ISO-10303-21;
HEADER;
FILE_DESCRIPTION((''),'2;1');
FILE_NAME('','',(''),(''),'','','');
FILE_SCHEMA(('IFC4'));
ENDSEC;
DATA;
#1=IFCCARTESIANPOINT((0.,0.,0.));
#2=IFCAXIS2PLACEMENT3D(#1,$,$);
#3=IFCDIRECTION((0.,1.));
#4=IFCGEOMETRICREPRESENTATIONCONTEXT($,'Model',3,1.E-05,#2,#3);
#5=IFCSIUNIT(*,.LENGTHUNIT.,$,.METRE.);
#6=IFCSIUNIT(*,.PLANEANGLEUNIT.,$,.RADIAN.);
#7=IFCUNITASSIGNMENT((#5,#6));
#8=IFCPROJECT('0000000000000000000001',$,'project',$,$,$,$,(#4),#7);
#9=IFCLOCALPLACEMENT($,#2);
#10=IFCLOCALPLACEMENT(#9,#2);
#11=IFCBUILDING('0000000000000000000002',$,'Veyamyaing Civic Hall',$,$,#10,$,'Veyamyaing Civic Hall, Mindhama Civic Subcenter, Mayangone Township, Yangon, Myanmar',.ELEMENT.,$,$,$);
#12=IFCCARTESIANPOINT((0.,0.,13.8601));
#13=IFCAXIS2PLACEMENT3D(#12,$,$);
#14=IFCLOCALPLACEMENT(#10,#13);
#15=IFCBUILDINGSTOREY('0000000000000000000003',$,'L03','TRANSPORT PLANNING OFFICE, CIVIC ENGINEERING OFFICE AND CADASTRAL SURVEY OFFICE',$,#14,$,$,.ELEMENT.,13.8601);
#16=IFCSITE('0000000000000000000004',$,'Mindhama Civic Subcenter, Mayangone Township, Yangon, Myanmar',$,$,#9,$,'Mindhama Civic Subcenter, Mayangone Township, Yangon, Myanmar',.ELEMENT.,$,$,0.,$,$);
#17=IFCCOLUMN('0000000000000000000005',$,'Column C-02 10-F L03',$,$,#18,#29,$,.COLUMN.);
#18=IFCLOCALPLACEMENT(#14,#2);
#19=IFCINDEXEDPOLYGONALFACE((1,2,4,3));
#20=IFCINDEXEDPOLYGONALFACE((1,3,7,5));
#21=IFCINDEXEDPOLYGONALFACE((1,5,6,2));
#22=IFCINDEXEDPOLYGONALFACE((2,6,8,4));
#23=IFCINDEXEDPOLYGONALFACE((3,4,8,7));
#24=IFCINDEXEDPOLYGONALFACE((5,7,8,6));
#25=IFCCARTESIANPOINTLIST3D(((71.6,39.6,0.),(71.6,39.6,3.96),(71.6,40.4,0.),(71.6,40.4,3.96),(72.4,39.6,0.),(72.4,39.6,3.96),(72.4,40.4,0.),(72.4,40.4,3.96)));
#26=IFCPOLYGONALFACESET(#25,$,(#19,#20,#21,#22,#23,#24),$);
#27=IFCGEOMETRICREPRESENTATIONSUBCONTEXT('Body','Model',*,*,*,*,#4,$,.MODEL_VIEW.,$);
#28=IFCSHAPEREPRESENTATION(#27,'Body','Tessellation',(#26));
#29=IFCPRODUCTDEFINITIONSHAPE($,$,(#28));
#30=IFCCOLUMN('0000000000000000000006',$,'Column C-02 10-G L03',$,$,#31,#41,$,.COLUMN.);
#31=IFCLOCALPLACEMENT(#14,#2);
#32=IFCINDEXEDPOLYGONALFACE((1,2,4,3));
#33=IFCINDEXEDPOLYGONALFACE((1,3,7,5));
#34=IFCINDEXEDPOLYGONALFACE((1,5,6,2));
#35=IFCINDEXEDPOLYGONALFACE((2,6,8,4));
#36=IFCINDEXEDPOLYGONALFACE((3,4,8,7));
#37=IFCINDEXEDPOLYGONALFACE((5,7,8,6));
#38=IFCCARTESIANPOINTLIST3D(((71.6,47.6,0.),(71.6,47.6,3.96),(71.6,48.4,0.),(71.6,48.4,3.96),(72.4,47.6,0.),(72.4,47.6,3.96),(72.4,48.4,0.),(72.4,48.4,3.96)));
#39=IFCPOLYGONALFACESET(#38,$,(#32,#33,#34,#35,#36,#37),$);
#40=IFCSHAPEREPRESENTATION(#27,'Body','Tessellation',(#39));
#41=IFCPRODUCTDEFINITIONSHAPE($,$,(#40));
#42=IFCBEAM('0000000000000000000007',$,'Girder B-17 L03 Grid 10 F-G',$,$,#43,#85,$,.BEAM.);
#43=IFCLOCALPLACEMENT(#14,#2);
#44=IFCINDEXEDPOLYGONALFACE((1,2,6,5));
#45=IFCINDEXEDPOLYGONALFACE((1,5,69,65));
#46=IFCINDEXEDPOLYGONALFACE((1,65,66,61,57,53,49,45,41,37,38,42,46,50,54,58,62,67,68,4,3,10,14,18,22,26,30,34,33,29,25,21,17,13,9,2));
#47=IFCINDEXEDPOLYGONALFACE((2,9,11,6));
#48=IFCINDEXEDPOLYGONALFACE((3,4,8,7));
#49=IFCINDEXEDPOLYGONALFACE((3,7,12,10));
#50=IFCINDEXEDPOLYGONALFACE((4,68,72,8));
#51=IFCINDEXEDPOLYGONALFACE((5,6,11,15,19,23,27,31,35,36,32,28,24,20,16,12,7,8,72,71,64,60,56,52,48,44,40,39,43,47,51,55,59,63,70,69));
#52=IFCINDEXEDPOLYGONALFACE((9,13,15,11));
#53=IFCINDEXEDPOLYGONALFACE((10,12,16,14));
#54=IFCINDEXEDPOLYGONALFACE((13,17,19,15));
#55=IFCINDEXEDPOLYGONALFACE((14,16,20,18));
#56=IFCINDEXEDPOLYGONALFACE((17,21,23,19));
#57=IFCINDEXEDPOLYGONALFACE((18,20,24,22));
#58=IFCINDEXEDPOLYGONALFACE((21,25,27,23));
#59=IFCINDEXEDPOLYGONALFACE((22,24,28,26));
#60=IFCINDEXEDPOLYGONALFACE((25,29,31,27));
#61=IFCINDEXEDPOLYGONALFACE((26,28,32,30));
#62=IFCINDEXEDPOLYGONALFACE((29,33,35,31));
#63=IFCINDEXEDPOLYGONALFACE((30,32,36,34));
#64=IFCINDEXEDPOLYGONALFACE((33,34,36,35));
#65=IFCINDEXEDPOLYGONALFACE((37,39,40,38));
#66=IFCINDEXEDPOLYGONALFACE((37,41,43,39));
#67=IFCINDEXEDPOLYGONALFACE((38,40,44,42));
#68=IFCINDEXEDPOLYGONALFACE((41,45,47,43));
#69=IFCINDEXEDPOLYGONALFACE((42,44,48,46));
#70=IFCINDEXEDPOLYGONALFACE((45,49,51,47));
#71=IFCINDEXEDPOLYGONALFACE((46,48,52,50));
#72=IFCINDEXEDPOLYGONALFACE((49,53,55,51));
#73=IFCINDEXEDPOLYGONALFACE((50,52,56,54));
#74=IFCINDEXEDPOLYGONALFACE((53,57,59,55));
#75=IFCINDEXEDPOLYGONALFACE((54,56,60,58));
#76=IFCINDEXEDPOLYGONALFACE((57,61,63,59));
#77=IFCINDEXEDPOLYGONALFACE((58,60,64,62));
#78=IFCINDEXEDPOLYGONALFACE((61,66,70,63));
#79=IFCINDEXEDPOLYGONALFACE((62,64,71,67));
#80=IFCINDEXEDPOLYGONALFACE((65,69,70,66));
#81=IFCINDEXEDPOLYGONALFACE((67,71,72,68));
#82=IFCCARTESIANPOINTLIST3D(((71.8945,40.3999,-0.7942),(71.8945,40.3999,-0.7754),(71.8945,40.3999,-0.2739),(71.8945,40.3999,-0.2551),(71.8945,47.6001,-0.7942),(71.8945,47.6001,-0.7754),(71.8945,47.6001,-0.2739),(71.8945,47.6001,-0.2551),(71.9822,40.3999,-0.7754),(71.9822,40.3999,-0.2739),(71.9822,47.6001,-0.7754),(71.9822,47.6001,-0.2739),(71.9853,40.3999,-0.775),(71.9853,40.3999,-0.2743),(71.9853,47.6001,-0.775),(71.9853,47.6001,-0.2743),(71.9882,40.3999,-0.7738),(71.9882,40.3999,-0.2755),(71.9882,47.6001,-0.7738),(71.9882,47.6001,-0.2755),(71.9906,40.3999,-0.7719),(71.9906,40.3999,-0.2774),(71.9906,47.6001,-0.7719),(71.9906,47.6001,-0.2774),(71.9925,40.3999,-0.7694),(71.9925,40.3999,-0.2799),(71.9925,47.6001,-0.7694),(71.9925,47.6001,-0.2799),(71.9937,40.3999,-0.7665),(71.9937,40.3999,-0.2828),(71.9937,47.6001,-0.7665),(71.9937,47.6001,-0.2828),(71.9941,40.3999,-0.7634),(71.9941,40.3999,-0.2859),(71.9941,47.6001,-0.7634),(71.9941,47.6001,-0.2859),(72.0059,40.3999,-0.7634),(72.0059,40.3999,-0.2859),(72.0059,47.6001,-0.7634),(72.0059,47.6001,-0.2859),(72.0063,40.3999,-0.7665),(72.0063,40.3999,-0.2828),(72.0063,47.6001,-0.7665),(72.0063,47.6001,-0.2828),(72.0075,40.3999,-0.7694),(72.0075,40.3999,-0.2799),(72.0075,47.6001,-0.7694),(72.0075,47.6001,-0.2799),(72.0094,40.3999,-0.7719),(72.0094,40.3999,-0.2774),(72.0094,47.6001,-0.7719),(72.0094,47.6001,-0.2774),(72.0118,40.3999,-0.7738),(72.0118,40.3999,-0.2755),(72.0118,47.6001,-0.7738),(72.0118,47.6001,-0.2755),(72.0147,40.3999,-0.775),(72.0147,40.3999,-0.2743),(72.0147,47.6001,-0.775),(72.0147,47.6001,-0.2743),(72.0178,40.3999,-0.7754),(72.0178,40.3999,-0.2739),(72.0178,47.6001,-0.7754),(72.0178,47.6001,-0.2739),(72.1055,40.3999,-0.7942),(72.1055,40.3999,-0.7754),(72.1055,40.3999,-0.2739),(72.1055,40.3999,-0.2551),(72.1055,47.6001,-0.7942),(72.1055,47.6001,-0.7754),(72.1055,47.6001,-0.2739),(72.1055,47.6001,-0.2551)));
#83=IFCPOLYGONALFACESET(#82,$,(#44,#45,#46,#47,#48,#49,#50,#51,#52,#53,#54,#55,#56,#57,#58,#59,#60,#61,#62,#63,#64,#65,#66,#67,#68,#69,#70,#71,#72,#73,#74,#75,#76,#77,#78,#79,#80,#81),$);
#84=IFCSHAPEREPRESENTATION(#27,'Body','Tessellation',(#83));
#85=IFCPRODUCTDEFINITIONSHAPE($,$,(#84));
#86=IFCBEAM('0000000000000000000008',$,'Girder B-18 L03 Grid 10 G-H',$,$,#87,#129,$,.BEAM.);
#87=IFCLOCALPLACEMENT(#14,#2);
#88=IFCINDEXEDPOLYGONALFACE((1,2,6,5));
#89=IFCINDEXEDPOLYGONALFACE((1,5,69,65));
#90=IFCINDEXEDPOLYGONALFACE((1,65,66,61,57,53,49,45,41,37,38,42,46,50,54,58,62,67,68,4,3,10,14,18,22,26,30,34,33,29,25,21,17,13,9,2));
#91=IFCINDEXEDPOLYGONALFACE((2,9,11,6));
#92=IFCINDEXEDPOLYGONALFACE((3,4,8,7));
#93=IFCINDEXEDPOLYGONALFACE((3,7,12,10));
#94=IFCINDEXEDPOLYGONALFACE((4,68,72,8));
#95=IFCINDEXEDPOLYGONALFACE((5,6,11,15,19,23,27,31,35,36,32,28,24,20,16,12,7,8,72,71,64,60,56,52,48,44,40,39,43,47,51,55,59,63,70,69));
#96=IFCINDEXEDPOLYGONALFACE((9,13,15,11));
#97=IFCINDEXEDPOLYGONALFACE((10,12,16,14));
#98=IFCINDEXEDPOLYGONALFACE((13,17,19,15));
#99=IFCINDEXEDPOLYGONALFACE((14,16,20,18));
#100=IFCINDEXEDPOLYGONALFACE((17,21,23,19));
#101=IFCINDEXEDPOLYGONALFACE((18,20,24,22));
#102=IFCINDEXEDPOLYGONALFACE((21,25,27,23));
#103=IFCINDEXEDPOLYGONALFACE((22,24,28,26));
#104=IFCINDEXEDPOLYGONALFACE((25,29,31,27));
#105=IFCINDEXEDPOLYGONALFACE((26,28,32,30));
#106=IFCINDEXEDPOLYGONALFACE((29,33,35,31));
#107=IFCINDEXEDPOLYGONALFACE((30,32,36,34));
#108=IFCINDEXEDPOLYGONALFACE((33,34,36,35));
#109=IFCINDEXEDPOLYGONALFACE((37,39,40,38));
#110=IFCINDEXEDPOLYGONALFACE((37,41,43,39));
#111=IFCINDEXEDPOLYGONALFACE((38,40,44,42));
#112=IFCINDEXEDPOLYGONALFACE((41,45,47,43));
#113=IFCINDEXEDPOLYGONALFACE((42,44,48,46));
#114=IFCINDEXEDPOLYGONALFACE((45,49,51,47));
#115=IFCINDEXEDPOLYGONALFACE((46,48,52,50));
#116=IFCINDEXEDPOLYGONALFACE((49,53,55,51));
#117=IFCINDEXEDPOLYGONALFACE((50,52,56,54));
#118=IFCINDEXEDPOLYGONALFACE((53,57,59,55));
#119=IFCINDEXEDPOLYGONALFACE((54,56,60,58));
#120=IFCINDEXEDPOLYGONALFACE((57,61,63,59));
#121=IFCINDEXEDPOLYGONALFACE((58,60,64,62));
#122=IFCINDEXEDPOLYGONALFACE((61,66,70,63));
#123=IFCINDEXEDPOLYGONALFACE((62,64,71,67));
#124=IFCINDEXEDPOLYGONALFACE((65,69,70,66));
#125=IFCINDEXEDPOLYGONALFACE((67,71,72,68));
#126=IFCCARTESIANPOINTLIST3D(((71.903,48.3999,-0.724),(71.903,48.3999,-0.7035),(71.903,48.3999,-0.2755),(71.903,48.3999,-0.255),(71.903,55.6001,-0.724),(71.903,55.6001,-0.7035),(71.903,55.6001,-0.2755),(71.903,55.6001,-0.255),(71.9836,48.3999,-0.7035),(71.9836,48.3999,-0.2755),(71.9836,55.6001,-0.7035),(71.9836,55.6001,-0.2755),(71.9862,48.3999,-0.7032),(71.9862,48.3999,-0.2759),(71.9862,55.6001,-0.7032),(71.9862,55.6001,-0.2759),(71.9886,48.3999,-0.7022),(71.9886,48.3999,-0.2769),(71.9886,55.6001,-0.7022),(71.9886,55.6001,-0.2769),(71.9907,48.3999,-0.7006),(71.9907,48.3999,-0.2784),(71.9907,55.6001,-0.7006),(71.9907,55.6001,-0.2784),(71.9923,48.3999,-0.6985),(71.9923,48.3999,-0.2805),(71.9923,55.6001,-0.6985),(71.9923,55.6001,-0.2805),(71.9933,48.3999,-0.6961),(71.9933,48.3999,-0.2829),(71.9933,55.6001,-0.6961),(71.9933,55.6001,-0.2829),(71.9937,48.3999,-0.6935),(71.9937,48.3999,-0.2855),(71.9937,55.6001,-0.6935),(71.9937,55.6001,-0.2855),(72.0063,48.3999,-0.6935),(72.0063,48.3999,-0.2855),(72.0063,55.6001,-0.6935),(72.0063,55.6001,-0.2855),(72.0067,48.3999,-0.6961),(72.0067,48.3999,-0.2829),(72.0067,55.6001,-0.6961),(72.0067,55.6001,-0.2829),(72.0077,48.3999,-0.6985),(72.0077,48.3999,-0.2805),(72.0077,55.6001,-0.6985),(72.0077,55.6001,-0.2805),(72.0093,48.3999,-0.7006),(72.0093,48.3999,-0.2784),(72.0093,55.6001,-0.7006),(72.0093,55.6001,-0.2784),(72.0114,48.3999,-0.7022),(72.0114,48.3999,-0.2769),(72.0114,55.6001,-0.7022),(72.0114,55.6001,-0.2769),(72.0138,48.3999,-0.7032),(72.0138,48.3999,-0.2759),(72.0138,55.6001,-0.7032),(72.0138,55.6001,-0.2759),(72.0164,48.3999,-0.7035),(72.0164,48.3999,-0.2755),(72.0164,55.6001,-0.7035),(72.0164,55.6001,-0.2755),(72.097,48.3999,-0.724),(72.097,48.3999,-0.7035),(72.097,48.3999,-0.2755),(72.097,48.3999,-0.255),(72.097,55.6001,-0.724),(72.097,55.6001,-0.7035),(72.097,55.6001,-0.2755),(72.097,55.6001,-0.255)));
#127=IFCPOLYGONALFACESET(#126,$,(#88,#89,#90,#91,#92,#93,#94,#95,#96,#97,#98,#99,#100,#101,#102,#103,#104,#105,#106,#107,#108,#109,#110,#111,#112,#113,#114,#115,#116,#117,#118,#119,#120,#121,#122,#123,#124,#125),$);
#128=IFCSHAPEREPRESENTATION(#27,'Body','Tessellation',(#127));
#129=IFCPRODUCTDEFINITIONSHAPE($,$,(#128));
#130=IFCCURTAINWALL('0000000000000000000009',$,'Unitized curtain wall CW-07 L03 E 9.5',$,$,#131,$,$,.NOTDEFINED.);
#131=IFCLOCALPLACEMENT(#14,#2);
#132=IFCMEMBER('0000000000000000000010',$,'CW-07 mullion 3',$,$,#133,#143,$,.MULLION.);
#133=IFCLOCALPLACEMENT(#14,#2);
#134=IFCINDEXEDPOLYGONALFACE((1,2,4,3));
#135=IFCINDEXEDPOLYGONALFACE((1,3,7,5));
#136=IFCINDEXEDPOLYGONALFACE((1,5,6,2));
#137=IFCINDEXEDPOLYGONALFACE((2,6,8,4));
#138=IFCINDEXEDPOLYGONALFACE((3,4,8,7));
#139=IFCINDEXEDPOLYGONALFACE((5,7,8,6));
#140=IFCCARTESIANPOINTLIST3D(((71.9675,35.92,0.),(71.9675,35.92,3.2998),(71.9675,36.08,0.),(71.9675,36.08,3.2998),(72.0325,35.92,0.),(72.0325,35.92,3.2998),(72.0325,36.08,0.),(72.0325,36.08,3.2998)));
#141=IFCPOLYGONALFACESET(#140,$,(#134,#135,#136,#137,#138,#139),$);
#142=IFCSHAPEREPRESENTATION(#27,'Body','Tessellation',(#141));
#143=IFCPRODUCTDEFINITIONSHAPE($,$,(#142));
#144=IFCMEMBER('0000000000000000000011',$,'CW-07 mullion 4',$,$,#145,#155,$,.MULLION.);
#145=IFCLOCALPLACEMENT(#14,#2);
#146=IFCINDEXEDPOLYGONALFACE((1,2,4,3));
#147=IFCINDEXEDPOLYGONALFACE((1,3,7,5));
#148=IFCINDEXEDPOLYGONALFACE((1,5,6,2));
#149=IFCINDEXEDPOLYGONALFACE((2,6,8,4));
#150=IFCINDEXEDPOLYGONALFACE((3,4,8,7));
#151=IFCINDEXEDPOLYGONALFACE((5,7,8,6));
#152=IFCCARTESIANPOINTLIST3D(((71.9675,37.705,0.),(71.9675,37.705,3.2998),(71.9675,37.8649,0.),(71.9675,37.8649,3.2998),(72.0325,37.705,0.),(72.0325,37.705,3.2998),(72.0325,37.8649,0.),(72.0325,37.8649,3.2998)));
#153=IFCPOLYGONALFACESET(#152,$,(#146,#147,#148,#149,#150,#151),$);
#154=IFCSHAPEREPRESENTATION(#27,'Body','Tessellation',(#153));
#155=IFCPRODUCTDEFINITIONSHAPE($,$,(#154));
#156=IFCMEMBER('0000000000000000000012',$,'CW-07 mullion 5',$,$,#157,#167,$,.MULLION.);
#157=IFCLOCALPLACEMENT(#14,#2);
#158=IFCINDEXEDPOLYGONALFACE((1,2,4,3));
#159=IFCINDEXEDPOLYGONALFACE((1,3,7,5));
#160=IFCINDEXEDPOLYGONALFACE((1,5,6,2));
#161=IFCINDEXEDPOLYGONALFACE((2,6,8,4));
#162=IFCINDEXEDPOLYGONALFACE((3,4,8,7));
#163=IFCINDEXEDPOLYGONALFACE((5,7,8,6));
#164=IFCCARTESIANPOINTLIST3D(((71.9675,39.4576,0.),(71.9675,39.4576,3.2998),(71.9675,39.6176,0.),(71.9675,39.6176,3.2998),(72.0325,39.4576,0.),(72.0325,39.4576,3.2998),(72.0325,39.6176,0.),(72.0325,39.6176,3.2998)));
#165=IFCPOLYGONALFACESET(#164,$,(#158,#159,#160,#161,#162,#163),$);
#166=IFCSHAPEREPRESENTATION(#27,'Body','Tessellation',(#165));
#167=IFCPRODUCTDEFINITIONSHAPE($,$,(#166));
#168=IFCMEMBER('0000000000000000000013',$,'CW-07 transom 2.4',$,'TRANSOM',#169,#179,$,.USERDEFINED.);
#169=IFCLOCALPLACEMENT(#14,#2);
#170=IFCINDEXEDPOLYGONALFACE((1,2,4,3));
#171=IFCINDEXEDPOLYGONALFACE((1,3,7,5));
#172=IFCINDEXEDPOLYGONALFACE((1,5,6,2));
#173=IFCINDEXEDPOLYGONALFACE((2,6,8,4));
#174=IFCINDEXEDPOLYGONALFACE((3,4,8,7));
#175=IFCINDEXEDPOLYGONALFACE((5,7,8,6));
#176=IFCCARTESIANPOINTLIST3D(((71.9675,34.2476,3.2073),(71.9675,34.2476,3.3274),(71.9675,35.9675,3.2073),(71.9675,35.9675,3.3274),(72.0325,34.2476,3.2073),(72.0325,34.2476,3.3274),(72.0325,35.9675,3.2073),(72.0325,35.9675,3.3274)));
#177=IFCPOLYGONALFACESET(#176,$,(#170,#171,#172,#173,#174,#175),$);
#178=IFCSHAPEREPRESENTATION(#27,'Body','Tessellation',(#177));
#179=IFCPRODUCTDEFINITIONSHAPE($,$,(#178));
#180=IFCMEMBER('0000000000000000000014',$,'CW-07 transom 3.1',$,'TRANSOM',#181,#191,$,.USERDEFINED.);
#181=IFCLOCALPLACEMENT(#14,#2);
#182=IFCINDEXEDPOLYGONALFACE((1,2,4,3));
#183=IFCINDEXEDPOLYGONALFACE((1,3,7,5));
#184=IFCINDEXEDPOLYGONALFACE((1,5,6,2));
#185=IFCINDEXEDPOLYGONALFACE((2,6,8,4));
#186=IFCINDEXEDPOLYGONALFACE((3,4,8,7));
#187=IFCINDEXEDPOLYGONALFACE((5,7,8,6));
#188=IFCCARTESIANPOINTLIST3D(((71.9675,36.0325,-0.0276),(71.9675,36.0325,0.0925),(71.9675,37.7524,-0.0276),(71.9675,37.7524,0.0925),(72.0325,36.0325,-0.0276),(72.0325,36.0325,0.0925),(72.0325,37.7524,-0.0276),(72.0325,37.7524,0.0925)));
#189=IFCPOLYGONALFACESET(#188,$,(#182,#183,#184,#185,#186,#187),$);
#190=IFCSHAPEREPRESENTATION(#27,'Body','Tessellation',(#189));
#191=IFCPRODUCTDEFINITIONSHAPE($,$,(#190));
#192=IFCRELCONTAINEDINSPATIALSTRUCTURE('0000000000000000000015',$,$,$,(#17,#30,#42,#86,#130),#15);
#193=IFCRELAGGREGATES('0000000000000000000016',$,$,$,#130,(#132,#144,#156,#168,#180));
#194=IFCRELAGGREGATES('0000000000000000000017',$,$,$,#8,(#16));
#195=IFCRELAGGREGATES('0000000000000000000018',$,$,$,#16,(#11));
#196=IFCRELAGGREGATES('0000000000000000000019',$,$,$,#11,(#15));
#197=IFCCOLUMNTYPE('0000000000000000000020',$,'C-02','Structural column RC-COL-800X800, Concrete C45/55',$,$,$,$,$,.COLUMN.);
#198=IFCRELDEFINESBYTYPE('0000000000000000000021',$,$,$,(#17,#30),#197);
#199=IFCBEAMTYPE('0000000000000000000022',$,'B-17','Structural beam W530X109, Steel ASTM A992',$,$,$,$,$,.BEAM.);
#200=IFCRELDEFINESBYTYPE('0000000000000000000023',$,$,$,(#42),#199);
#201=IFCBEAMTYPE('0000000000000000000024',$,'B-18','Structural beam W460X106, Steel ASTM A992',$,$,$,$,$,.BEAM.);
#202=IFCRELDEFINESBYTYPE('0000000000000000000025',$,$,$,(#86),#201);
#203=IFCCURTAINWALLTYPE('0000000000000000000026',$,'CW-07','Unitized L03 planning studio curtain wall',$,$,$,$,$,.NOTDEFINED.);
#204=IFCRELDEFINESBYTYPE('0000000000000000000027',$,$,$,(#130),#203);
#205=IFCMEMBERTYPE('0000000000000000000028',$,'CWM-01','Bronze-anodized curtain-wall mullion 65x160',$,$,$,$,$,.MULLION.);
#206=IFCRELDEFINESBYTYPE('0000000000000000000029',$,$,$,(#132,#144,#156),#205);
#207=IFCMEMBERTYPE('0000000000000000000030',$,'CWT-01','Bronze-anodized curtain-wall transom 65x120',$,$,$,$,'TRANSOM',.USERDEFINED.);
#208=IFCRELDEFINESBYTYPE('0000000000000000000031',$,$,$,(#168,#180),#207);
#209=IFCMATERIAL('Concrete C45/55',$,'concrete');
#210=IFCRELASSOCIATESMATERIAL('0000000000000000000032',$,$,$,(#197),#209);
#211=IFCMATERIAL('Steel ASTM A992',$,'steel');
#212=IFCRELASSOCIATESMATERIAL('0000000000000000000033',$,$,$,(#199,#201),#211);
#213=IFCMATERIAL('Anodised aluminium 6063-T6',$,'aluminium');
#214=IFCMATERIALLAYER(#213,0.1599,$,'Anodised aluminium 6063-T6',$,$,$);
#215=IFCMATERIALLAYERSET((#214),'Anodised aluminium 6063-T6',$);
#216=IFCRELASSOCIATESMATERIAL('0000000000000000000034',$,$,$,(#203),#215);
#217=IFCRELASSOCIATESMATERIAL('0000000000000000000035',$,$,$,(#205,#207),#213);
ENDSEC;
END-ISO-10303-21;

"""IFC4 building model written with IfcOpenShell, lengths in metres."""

from ifc_helpers import new_model, si_unit, direction, frame, origin, origin_2d, place, context, subcontext, project, spatial, rectangle, i_section, extrude, material, layer, layer_set, material_profile, profile_set, type_object, element, aggregate, save


model = new_model("IFC4")

# Units and contexts
model_context = context("Model", 3, precision=1e-05, world=origin(), true_north=direction((0.0, 1.0)))
body_context = subcontext(model_context, "Body", "Model", "MODEL_VIEW")
ifc_project = project(units=[si_unit("LENGTHUNIT", "METRE"), si_unit("PLANEANGLEUNIT", "RADIAN")], contexts=[model_context])

# Site, building, storey
site_placement = place(None, origin())
site = spatial("IfcSite", under=ifc_project, at=site_placement, Name="Mindhama Civic Subcenter, Mayangone Township, Yangon, Myanmar", LongName="Mindhama Civic Subcenter, Mayangone Township, Yangon, Myanmar", CompositionType="ELEMENT", RefElevation=0.0)
building_placement = place(site_placement, origin())
building = spatial("IfcBuilding", under=site, at=building_placement, Name="Veyamyaing Civic Hall", LongName="Veyamyaing Civic Hall, Mindhama Civic Subcenter, Mayangone Township, Yangon, Myanmar", CompositionType="ELEMENT")
storey_placement = place(building_placement, frame((0.0, 0.0, 13.8601)))
storey = spatial("IfcBuildingStorey", under=building, at=storey_placement, Name="L03", Description="TRANSPORT PLANNING OFFICE, CIVIC ENGINEERING OFFICE AND CADASTRAL SURVEY OFFICE", CompositionType="ELEMENT", Elevation=13.8601)

# Columns
ifc_material_1 = material(Name="Concrete C45/55", Category="concrete")
ifc_material_profile_1 = material_profile(ifc_material_1, rectangle(XDim=0.8, YDim=0.8, at=origin_2d()), Name="RC-COL-800X800")
ifc_profile_set_1 = profile_set([ifc_material_profile_1], Name="Concrete C45/55")
column_type = type_object("IfcColumnType", Name="C-02", Description="Structural column RC-COL-800X800, Concrete C45/55", PredefinedType="COLUMN", material=ifc_profile_set_1)
for number, where, z_axis, x_axis, name in (
    (1, (72.0, 40.0, 0.0), (0.0, 0.0, 1.0), (1.0, 0.0, 0.0), "Column C-02 10-F L03"),
    (2, (72.0, 48.0, 0.0), (0.0, 0.0, 1.0), (1.0, 0.0, 0.0), "Column C-02 10-G L03"),
):
    element("IfcColumn", number, at=place(storey_placement, frame(where, z_axis=z_axis, x_axis=x_axis)), inside=storey, type_object=column_type, Name=name, PredefinedType="COLUMN", context=body_context, shape_type="SweptSolid", body=[
        extrude(rectangle(XDim=0.8, YDim=0.8, at=origin_2d()), origin(), (0.0, 0.0, 1.0), 3.96),
    ])

# Beams
ifc_material_2 = material(Name="Steel ASTM A992", Category="steel")
ifc_material_profile_2 = material_profile(ifc_material_2, i_section(OverallWidth=0.2109, OverallDepth=0.5391, WebThickness=0.0117, FlangeThickness=0.0188, FilletRadius=0.012, at=origin_2d()), Name="W530X109")
ifc_profile_set_2 = profile_set([ifc_material_profile_2], Name="Steel ASTM A992")
beam_type_1 = type_object("IfcBeamType", Name="B-17", Description="Structural beam W530X109, Steel ASTM A992", PredefinedType="BEAM", material=ifc_profile_set_2)
beam_1_placement = place(storey_placement, frame((72.0, 40.3999, -0.5247), z_axis=(0.0, 1.0, 0.0), x_axis=(-1.0, 0.0, 0.0)))
element("IfcBeam", 3, at=beam_1_placement, inside=storey, type_object=beam_type_1, Name="Girder B-17 L03 Grid 10 F-G", PredefinedType="BEAM", context=body_context, shape_type="SweptSolid", body=[
    extrude(i_section(OverallWidth=0.2109, OverallDepth=0.5391, WebThickness=0.0117, FlangeThickness=0.0188, FilletRadius=0.012, at=origin_2d()), origin(), (0.0, 0.0, 1.0), 7.2002),
])
ifc_material_profile_3 = material_profile(ifc_material_2, i_section(OverallWidth=0.1941, OverallDepth=0.469, WebThickness=0.0127, FlangeThickness=0.0205, FilletRadius=0.01, at=origin_2d()), Name="W460X106")
ifc_profile_set_3 = profile_set([ifc_material_profile_3], Name="Steel ASTM A992")
beam_type_2 = type_object("IfcBeamType", Name="B-18", Description="Structural beam W460X106, Steel ASTM A992", PredefinedType="BEAM", material=ifc_profile_set_3)
beam_2_placement = place(storey_placement, frame((72.0, 48.3999, -0.4895), z_axis=(0.0, 1.0, 0.0), x_axis=(-1.0, 0.0, 0.0)))
element("IfcBeam", 4, at=beam_2_placement, inside=storey, type_object=beam_type_2, Name="Girder B-18 L03 Grid 10 G-H", PredefinedType="BEAM", context=body_context, shape_type="SweptSolid", body=[
    extrude(i_section(OverallWidth=0.1941, OverallDepth=0.469, WebThickness=0.0127, FlangeThickness=0.0205, FilletRadius=0.01, at=origin_2d()), origin(), (0.0, 0.0, 1.0), 7.2002),
])

# Curtain wall, members
ifc_material_3 = material(Name="Anodised aluminium 6063-T6", Category="aluminium")
ifc_layer_1 = layer(ifc_material_3, 0.1599, Name="Anodised aluminium 6063-T6")
ifc_layer_set_1 = layer_set([ifc_layer_1], Name="Anodised aluminium 6063-T6")
curtain_wall_type = type_object("IfcCurtainWallType", Name="CW-07", Description="Unitized L03 planning studio curtain wall", PredefinedType="NOTDEFINED", material=ifc_layer_set_1)
curtain_wall_placement = place(storey_placement, origin())
curtain_wall = element("IfcCurtainWall", 5, at=curtain_wall_placement, inside=storey, type_object=curtain_wall_type, Name="Unitized curtain wall CW-07 L03 E 9.5", PredefinedType="NOTDEFINED")
ifc_material_profile_4 = material_profile(ifc_material_3, rectangle(XDim=0.0649, YDim=0.1599, at=origin_2d()), Name="ALU-MUL-65X160")
ifc_profile_set_4 = profile_set([ifc_material_profile_4], Name="Anodised aluminium 6063-T6")
member_type_1 = type_object("IfcMemberType", Name="CWM-01", Description="Bronze-anodized curtain-wall mullion 65x160", PredefinedType="MULLION", material=ifc_profile_set_4)
member_1_placement = place(storey_placement, frame((72.0, 36.0, 0.0), z_axis=(0.0, 0.0, 1.0), x_axis=(-1.0, 0.0, 0.0)))
member_1 = element("IfcMember", 6, at=member_1_placement, type_object=member_type_1, Name="CW-07 mullion 3", PredefinedType="MULLION", context=body_context, shape_type="SweptSolid", body=[
    extrude(rectangle(XDim=0.0649, YDim=0.1599, at=origin_2d()), origin(), (0.0, 0.0, 1.0), 3.2998),
])
member_2_placement = place(storey_placement, frame((72.0, 37.7849, 0.0), z_axis=(0.0, 0.0, 1.0), x_axis=(-1.0, 0.0, 0.0)))
member_2 = element("IfcMember", 7, at=member_2_placement, type_object=member_type_1, Name="CW-07 mullion 4", PredefinedType="MULLION", context=body_context, shape_type="SweptSolid", body=[
    extrude(rectangle(XDim=0.0649, YDim=0.1599, at=origin_2d()), origin(), (0.0, 0.0, 1.0), 3.2998),
])
member_3_placement = place(storey_placement, frame((72.0, 39.5376, 0.0), z_axis=(0.0, 0.0, 1.0), x_axis=(-1.0, 0.0, 0.0)))
member_3 = element("IfcMember", 8, at=member_3_placement, type_object=member_type_1, Name="CW-07 mullion 5", PredefinedType="MULLION", context=body_context, shape_type="SweptSolid", body=[
    extrude(rectangle(XDim=0.0649, YDim=0.1599, at=origin_2d()), origin(), (0.0, 0.0, 1.0), 3.2998),
])
ifc_material_profile_5 = material_profile(ifc_material_3, rectangle(XDim=0.0649, YDim=0.1201, at=origin_2d()), Name="ALU-TRN-65X120")
ifc_profile_set_5 = profile_set([ifc_material_profile_5], Name="Anodised aluminium 6063-T6")
member_type_2 = type_object("IfcMemberType", Name="CWT-01", Description="Bronze-anodized curtain-wall transom 65x120", ElementType="TRANSOM", PredefinedType="USERDEFINED", material=ifc_profile_set_5)
member_4_placement = place(storey_placement, frame((72.0, 34.2476, 3.2673), z_axis=(0.0, 1.0, 0.0), x_axis=(-1.0, 0.0, 0.0)))
member_4 = element("IfcMember", 9, at=member_4_placement, type_object=member_type_2, Name="CW-07 transom 2.4", ObjectType="TRANSOM", PredefinedType="USERDEFINED", context=body_context, shape_type="SweptSolid", body=[
    extrude(rectangle(XDim=0.0649, YDim=0.1201, at=origin_2d()), origin(), (0.0, 0.0, 1.0), 1.72),
])
member_5_placement = place(storey_placement, frame((72.0, 36.0325, 0.0325), z_axis=(0.0, 1.0, 0.0), x_axis=(-1.0, 0.0, 0.0)))
member_5 = element("IfcMember", 10, at=member_5_placement, type_object=member_type_2, Name="CW-07 transom 3.1", ObjectType="TRANSOM", PredefinedType="USERDEFINED", context=body_context, shape_type="SweptSolid", body=[
    extrude(rectangle(XDim=0.0649, YDim=0.1201, at=origin_2d()), origin(), (0.0, 0.0, 1.0), 1.72),
])
aggregate(curtain_wall, [member_1, member_2, member_3, member_4, member_5])

save(model, "model.ifc")
